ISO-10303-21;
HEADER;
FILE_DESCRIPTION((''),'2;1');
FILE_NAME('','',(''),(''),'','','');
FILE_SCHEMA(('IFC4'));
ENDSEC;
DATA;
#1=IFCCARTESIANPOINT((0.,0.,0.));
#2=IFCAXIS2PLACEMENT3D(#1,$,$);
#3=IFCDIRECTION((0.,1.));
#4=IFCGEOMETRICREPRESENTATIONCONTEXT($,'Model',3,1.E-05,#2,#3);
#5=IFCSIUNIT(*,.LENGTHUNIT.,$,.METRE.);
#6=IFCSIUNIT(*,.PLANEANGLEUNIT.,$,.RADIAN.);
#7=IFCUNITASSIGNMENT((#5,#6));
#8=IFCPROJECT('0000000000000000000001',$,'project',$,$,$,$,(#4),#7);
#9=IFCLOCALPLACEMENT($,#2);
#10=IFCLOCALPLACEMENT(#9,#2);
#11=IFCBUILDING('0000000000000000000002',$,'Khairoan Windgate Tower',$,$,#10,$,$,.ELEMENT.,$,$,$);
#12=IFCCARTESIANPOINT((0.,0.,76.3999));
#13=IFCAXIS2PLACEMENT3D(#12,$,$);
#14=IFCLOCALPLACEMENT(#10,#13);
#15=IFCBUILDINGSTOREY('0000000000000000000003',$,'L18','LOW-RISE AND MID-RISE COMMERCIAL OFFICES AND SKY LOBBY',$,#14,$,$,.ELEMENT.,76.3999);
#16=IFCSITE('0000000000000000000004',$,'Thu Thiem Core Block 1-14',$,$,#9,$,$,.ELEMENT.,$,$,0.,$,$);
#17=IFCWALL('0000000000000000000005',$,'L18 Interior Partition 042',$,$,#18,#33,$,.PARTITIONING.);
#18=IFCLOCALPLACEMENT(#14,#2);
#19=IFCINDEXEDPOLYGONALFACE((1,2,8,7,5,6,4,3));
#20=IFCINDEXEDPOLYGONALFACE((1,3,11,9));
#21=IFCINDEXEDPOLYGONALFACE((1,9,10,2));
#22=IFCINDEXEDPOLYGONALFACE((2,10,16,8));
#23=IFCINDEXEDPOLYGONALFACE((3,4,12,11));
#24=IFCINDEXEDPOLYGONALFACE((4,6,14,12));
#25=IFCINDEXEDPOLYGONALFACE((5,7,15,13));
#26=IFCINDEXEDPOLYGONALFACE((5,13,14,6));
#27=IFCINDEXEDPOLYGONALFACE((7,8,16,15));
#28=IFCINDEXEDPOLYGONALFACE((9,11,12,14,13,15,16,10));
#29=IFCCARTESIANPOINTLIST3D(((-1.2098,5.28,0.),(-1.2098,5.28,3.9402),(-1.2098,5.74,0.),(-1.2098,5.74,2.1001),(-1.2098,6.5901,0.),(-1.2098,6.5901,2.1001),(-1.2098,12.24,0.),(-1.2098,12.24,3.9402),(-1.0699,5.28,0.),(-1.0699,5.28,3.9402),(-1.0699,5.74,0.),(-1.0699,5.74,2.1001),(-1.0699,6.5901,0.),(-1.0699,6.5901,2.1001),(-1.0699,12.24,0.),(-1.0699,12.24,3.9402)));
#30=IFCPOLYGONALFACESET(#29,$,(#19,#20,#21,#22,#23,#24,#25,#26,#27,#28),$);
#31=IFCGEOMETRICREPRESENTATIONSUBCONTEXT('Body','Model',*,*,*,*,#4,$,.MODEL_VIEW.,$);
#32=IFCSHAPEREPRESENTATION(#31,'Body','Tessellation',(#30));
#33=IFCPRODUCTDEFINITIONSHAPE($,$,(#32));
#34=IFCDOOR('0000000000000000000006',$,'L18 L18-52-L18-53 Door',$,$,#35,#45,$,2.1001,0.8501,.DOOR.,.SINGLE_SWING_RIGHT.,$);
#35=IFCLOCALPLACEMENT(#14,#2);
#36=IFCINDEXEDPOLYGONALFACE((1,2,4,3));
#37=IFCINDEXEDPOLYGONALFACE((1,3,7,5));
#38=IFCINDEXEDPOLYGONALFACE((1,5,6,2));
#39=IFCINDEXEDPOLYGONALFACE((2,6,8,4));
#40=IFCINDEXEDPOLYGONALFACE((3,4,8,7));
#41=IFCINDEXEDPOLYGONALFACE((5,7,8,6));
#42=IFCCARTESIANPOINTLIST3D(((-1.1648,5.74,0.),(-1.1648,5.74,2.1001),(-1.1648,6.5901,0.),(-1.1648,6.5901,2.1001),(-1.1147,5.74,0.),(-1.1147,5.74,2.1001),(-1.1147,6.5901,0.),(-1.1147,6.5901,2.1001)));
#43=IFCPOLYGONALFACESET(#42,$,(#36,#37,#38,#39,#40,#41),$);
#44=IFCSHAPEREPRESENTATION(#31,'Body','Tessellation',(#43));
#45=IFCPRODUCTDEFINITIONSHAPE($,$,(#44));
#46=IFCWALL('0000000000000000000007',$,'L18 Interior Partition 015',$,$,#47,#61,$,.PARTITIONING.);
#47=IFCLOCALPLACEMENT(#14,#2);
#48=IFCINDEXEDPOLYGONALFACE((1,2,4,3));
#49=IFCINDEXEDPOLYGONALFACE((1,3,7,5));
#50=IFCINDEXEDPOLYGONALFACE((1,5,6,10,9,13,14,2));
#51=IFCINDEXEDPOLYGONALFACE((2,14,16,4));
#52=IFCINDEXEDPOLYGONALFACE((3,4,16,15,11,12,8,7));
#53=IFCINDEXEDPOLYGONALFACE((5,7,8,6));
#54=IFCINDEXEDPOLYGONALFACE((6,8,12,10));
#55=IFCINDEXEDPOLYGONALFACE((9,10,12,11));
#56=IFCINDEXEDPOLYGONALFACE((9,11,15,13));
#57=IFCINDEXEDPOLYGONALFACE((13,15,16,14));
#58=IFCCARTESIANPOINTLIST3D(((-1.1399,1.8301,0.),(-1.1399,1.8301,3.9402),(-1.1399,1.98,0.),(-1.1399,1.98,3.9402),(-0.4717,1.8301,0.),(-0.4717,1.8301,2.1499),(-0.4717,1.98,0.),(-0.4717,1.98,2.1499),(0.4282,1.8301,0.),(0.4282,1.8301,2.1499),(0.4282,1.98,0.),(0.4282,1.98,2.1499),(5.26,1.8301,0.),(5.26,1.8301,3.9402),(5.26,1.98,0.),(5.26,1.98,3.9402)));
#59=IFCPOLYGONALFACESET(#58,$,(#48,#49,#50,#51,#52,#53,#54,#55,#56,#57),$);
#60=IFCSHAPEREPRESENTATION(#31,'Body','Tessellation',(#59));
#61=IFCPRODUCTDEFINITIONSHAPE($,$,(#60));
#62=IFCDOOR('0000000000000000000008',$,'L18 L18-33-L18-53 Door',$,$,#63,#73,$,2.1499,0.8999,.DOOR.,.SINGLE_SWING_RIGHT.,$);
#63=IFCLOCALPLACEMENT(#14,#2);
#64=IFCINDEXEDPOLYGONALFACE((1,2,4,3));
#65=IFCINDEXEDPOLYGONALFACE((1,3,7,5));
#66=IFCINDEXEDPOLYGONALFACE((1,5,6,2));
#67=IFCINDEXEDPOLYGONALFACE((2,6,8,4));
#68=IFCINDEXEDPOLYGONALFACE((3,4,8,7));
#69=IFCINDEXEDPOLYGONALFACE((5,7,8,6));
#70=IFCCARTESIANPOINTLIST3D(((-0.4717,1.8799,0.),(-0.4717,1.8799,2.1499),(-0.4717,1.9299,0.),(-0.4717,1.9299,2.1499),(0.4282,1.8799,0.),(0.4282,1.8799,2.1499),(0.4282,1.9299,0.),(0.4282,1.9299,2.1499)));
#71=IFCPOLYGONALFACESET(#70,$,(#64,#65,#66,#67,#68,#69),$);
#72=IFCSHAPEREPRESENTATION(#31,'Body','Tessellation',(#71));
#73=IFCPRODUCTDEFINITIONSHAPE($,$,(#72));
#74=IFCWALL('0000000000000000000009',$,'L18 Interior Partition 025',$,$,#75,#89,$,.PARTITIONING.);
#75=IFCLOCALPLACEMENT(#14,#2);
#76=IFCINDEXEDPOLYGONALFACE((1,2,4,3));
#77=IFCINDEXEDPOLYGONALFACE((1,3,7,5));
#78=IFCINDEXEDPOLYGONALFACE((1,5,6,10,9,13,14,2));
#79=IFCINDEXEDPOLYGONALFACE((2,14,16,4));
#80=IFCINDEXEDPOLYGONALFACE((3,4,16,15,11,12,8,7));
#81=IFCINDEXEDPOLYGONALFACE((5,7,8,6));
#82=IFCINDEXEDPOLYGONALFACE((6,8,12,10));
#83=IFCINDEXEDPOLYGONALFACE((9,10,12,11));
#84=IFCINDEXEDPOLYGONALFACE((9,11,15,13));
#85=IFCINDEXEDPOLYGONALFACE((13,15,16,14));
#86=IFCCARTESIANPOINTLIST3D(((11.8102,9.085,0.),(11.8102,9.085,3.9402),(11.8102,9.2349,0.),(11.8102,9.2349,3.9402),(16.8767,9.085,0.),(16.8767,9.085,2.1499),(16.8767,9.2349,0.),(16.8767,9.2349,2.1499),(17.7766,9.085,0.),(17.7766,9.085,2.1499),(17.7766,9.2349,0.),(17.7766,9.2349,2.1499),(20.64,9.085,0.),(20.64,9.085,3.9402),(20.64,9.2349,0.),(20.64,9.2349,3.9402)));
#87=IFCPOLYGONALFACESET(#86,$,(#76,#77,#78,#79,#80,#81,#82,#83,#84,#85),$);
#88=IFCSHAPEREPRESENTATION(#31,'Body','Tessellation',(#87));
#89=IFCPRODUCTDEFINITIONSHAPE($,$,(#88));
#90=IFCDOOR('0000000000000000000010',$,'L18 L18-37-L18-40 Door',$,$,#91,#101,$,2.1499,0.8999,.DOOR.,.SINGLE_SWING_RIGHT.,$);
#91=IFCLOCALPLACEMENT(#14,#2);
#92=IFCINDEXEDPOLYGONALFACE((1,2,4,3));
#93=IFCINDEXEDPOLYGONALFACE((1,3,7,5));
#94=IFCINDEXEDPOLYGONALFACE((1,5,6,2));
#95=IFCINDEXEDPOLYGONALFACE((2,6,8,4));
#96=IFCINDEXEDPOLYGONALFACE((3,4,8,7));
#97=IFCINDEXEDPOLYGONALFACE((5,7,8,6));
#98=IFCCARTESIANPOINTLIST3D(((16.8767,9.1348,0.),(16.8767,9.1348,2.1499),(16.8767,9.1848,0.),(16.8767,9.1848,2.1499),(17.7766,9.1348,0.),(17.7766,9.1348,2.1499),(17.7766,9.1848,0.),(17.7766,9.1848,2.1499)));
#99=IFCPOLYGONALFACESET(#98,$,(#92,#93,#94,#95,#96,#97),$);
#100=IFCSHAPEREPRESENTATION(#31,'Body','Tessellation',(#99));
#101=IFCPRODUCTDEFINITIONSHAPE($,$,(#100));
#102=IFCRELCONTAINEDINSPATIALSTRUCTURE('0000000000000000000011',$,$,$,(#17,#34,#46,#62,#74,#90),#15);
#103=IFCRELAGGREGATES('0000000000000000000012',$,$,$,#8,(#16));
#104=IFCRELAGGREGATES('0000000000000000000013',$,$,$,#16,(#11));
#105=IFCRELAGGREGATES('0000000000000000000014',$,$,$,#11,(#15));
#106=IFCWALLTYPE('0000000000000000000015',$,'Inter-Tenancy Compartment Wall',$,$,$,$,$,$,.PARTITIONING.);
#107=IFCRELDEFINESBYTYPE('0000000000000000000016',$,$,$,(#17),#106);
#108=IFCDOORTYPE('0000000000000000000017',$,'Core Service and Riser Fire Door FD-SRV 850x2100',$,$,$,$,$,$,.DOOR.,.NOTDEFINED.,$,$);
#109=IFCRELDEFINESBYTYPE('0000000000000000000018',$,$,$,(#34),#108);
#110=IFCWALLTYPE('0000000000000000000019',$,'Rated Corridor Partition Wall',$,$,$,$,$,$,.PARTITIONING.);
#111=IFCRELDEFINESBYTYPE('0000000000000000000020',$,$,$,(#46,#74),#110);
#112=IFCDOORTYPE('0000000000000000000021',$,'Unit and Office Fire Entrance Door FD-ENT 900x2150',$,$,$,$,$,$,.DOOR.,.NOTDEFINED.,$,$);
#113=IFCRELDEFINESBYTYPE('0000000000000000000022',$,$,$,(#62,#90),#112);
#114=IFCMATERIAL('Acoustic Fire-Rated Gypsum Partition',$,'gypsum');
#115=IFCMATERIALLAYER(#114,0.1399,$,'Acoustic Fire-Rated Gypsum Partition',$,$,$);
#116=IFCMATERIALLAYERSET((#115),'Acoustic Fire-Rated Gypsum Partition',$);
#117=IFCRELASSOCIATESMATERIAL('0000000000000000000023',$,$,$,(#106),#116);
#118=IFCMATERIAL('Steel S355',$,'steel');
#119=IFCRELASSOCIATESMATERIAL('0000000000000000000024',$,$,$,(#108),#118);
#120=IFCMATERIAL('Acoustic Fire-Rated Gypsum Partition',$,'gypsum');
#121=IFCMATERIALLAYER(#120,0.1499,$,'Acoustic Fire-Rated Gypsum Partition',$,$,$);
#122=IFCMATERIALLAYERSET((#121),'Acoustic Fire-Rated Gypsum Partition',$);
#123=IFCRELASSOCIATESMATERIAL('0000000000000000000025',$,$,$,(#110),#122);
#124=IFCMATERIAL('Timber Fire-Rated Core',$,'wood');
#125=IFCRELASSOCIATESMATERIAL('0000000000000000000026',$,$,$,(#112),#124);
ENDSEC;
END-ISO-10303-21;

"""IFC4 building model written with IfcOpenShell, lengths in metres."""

from ifc_helpers import new_model, si_unit, direction, frame, frame_2d, origin, place, context, subcontext, project, spatial, rectangle, extrude, material, layer, layer_set, type_object, element, fill, save


model = new_model("IFC4")

# Units and contexts
model_context = context("Model", 3, precision=1e-05, world=origin(), true_north=direction((0.0, 1.0)))
body_context = subcontext(model_context, "Body", "Model", "MODEL_VIEW")
ifc_project = project(units=[si_unit("LENGTHUNIT", "METRE"), si_unit("PLANEANGLEUNIT", "RADIAN")], contexts=[model_context])

# Site, building, storey
site_placement = place(None, origin())
site = spatial("IfcSite", under=ifc_project, at=site_placement, Name="Thu Thiem Core Block 1-14", CompositionType="ELEMENT", RefElevation=0.0)
building_placement = place(site_placement, origin())
building = spatial("IfcBuilding", under=site, at=building_placement, Name="Khairoan Windgate Tower", CompositionType="ELEMENT")
storey_placement = place(building_placement, frame((0.0, 0.0, 76.3999)))
storey = spatial("IfcBuildingStorey", under=building, at=storey_placement, Name="L18", Description="LOW-RISE AND MID-RISE COMMERCIAL OFFICES AND SKY LOBBY", CompositionType="ELEMENT", Elevation=76.3999)

# Shared definitions
ifc_material_1 = material(Name="Acoustic Fire-Rated Gypsum Partition", Category="gypsum")
ifc_layer_1 = layer(ifc_material_1, 0.1399, Name="Acoustic Fire-Rated Gypsum Partition")
ifc_layer_set_1 = layer_set([ifc_layer_1], Name="Acoustic Fire-Rated Gypsum Partition")
wall_type_1 = type_object("IfcWallType", Name="Inter-Tenancy Compartment Wall", PredefinedType="PARTITIONING", material=ifc_layer_set_1)

# Walls, openings, doors
wall_1_placement = place(storey_placement, frame((-1.1399, 5.28, 0.0), z_axis=(0.0, 0.0, 1.0), x_axis=(0.0, 1.0, 0.0)))
wall_1 = element("IfcWall", 1, at=wall_1_placement, inside=storey, type_object=wall_type_1, Name="L18 Interior Partition 042", PredefinedType="PARTITIONING", context=body_context, shape_type="SweptSolid", body=[
    extrude(rectangle(XDim=6.96, YDim=0.1399, at=frame_2d((3.48, 0.0))), origin(), (0.0, 0.0, 1.0), 3.9402),
])
opening_1_placement = place(wall_1_placement, frame((0.46, 0.0, 0.0)))
opening_1 = element("IfcOpeningElement", 2, at=opening_1_placement, cuts=wall_1, PredefinedType="OPENING", context=body_context, shape_type="SweptSolid", body=[
    extrude(rectangle(XDim=0.8501, YDim=2.1001, at=frame_2d((0.425, 1.05))), frame((0.0, 0.0798, 0.0), z_axis=(0.0, -1.0, 0.0), x_axis=(1.0, 0.0, 0.0)), (0.0, 0.0, 1.0), 0.1599),
])
ifc_material_2 = material(Name="Steel S355", Category="steel")
door_type_1 = type_object("IfcDoorType", Name="Core Service and Riser Fire Door FD-SRV 850x2100", OperationType="NOTDEFINED", PredefinedType="DOOR", material=ifc_material_2)
door_1_placement = place(opening_1_placement, origin())
door_1 = element("IfcDoor", 3, at=door_1_placement, inside=storey, type_object=door_type_1, Name="L18 L18-52-L18-53 Door", OperationType="SINGLE_SWING_RIGHT", OverallHeight=2.1001, OverallWidth=0.8501, PredefinedType="DOOR", context=body_context, shape_type="SweptSolid", body=[
    extrude(rectangle(XDim=0.8501, YDim=2.1001, at=frame_2d((0.425, 1.05))), frame((0.0, 0.0249, 0.0), z_axis=(0.0, -1.0, 0.0), x_axis=(1.0, 0.0, 0.0)), (0.0, 0.0, 1.0), 0.05),
])
fill(opening_1, door_1)
ifc_material_3 = material(Name="Acoustic Fire-Rated Gypsum Partition", Category="gypsum")
ifc_layer_2 = layer(ifc_material_3, 0.1499, Name="Acoustic Fire-Rated Gypsum Partition")
ifc_layer_set_2 = layer_set([ifc_layer_2], Name="Acoustic Fire-Rated Gypsum Partition")
wall_type_2 = type_object("IfcWallType", Name="Rated Corridor Partition Wall", PredefinedType="PARTITIONING", material=ifc_layer_set_2)
ifc_material_4 = material(Name="Timber Fire-Rated Core", Category="wood")
door_type_2 = type_object("IfcDoorType", Name="Unit and Office Fire Entrance Door FD-ENT 900x2150", OperationType="NOTDEFINED", PredefinedType="DOOR", material=ifc_material_4)
wall_2_placement = place(storey_placement, frame((-1.1399, 1.905, 0.0), z_axis=(0.0, 0.0, 1.0), x_axis=(1.0, 0.0, 0.0)))
wall_2 = element("IfcWall", 4, at=wall_2_placement, inside=storey, type_object=wall_type_2, Name="L18 Interior Partition 015", PredefinedType="PARTITIONING", context=body_context, shape_type="SweptSolid", body=[
    extrude(rectangle(XDim=6.3999, YDim=0.1499, at=frame_2d((3.2, 0.0))), origin(), (0.0, 0.0, 1.0), 3.9402),
])
opening_2_placement = place(wall_2_placement, frame((0.6682, 0.0, 0.0)))
opening_2 = element("IfcOpeningElement", 5, at=opening_2_placement, cuts=wall_2, PredefinedType="OPENING", context=body_context, shape_type="SweptSolid", body=[
    extrude(rectangle(XDim=0.8999, YDim=2.1499, at=frame_2d((0.45, 1.075))), frame((0.0, 0.085, 0.0), z_axis=(0.0, -1.0, 0.0), x_axis=(1.0, 0.0, 0.0)), (0.0, 0.0, 1.0), 0.1699),
])
door_2_placement = place(opening_2_placement, origin())
door_2 = element("IfcDoor", 6, at=door_2_placement, inside=storey, type_object=door_type_2, Name="L18 L18-33-L18-53 Door", OperationType="SINGLE_SWING_RIGHT", OverallHeight=2.1499, OverallWidth=0.8999, PredefinedType="DOOR", context=body_context, shape_type="SweptSolid", body=[
    extrude(rectangle(XDim=0.8999, YDim=2.1499, at=frame_2d((0.45, 1.075))), frame((0.0, 0.0249, 0.0), z_axis=(0.0, -1.0, 0.0), x_axis=(1.0, 0.0, 0.0)), (0.0, 0.0, 1.0), 0.05),
])
fill(opening_2, door_2)
wall_3_placement = place(storey_placement, frame((11.8101, 9.1599, 0.0), z_axis=(0.0, 0.0, 1.0), x_axis=(1.0, 0.0, 0.0)))
wall_3 = element("IfcWall", 7, at=wall_3_placement, inside=storey, type_object=wall_type_2, Name="L18 Interior Partition 025", PredefinedType="PARTITIONING", context=body_context, shape_type="SweptSolid", body=[
    extrude(rectangle(XDim=8.8298, YDim=0.1499, at=frame_2d((4.415, 0.0))), origin(), (0.0, 0.0, 1.0), 3.9402),
])
opening_3_placement = place(wall_3_placement, frame((5.0667, 0.0, 0.0)))
opening_3 = element("IfcOpeningElement", 8, at=opening_3_placement, cuts=wall_3, PredefinedType="OPENING", context=body_context, shape_type="SweptSolid", body=[
    extrude(rectangle(XDim=0.8999, YDim=2.1499, at=frame_2d((0.45, 1.075))), frame((0.0, 0.085, 0.0), z_axis=(0.0, -1.0, 0.0), x_axis=(1.0, 0.0, 0.0)), (0.0, 0.0, 1.0), 0.1699),
])
door_3_placement = place(opening_3_placement, origin())
door_3 = element("IfcDoor", 9, at=door_3_placement, inside=storey, type_object=door_type_2, Name="L18 L18-37-L18-40 Door", OperationType="SINGLE_SWING_RIGHT", OverallHeight=2.1499, OverallWidth=0.8999, PredefinedType="DOOR", context=body_context, shape_type="SweptSolid", body=[
    extrude(rectangle(XDim=0.8999, YDim=2.1499, at=frame_2d((0.45, 1.075))), frame((0.0, 0.0249, 0.0), z_axis=(0.0, -1.0, 0.0), x_axis=(1.0, 0.0, 0.0)), (0.0, 0.0, 1.0), 0.05),
])
fill(opening_3, door_3)

save(model, "model.ifc")
